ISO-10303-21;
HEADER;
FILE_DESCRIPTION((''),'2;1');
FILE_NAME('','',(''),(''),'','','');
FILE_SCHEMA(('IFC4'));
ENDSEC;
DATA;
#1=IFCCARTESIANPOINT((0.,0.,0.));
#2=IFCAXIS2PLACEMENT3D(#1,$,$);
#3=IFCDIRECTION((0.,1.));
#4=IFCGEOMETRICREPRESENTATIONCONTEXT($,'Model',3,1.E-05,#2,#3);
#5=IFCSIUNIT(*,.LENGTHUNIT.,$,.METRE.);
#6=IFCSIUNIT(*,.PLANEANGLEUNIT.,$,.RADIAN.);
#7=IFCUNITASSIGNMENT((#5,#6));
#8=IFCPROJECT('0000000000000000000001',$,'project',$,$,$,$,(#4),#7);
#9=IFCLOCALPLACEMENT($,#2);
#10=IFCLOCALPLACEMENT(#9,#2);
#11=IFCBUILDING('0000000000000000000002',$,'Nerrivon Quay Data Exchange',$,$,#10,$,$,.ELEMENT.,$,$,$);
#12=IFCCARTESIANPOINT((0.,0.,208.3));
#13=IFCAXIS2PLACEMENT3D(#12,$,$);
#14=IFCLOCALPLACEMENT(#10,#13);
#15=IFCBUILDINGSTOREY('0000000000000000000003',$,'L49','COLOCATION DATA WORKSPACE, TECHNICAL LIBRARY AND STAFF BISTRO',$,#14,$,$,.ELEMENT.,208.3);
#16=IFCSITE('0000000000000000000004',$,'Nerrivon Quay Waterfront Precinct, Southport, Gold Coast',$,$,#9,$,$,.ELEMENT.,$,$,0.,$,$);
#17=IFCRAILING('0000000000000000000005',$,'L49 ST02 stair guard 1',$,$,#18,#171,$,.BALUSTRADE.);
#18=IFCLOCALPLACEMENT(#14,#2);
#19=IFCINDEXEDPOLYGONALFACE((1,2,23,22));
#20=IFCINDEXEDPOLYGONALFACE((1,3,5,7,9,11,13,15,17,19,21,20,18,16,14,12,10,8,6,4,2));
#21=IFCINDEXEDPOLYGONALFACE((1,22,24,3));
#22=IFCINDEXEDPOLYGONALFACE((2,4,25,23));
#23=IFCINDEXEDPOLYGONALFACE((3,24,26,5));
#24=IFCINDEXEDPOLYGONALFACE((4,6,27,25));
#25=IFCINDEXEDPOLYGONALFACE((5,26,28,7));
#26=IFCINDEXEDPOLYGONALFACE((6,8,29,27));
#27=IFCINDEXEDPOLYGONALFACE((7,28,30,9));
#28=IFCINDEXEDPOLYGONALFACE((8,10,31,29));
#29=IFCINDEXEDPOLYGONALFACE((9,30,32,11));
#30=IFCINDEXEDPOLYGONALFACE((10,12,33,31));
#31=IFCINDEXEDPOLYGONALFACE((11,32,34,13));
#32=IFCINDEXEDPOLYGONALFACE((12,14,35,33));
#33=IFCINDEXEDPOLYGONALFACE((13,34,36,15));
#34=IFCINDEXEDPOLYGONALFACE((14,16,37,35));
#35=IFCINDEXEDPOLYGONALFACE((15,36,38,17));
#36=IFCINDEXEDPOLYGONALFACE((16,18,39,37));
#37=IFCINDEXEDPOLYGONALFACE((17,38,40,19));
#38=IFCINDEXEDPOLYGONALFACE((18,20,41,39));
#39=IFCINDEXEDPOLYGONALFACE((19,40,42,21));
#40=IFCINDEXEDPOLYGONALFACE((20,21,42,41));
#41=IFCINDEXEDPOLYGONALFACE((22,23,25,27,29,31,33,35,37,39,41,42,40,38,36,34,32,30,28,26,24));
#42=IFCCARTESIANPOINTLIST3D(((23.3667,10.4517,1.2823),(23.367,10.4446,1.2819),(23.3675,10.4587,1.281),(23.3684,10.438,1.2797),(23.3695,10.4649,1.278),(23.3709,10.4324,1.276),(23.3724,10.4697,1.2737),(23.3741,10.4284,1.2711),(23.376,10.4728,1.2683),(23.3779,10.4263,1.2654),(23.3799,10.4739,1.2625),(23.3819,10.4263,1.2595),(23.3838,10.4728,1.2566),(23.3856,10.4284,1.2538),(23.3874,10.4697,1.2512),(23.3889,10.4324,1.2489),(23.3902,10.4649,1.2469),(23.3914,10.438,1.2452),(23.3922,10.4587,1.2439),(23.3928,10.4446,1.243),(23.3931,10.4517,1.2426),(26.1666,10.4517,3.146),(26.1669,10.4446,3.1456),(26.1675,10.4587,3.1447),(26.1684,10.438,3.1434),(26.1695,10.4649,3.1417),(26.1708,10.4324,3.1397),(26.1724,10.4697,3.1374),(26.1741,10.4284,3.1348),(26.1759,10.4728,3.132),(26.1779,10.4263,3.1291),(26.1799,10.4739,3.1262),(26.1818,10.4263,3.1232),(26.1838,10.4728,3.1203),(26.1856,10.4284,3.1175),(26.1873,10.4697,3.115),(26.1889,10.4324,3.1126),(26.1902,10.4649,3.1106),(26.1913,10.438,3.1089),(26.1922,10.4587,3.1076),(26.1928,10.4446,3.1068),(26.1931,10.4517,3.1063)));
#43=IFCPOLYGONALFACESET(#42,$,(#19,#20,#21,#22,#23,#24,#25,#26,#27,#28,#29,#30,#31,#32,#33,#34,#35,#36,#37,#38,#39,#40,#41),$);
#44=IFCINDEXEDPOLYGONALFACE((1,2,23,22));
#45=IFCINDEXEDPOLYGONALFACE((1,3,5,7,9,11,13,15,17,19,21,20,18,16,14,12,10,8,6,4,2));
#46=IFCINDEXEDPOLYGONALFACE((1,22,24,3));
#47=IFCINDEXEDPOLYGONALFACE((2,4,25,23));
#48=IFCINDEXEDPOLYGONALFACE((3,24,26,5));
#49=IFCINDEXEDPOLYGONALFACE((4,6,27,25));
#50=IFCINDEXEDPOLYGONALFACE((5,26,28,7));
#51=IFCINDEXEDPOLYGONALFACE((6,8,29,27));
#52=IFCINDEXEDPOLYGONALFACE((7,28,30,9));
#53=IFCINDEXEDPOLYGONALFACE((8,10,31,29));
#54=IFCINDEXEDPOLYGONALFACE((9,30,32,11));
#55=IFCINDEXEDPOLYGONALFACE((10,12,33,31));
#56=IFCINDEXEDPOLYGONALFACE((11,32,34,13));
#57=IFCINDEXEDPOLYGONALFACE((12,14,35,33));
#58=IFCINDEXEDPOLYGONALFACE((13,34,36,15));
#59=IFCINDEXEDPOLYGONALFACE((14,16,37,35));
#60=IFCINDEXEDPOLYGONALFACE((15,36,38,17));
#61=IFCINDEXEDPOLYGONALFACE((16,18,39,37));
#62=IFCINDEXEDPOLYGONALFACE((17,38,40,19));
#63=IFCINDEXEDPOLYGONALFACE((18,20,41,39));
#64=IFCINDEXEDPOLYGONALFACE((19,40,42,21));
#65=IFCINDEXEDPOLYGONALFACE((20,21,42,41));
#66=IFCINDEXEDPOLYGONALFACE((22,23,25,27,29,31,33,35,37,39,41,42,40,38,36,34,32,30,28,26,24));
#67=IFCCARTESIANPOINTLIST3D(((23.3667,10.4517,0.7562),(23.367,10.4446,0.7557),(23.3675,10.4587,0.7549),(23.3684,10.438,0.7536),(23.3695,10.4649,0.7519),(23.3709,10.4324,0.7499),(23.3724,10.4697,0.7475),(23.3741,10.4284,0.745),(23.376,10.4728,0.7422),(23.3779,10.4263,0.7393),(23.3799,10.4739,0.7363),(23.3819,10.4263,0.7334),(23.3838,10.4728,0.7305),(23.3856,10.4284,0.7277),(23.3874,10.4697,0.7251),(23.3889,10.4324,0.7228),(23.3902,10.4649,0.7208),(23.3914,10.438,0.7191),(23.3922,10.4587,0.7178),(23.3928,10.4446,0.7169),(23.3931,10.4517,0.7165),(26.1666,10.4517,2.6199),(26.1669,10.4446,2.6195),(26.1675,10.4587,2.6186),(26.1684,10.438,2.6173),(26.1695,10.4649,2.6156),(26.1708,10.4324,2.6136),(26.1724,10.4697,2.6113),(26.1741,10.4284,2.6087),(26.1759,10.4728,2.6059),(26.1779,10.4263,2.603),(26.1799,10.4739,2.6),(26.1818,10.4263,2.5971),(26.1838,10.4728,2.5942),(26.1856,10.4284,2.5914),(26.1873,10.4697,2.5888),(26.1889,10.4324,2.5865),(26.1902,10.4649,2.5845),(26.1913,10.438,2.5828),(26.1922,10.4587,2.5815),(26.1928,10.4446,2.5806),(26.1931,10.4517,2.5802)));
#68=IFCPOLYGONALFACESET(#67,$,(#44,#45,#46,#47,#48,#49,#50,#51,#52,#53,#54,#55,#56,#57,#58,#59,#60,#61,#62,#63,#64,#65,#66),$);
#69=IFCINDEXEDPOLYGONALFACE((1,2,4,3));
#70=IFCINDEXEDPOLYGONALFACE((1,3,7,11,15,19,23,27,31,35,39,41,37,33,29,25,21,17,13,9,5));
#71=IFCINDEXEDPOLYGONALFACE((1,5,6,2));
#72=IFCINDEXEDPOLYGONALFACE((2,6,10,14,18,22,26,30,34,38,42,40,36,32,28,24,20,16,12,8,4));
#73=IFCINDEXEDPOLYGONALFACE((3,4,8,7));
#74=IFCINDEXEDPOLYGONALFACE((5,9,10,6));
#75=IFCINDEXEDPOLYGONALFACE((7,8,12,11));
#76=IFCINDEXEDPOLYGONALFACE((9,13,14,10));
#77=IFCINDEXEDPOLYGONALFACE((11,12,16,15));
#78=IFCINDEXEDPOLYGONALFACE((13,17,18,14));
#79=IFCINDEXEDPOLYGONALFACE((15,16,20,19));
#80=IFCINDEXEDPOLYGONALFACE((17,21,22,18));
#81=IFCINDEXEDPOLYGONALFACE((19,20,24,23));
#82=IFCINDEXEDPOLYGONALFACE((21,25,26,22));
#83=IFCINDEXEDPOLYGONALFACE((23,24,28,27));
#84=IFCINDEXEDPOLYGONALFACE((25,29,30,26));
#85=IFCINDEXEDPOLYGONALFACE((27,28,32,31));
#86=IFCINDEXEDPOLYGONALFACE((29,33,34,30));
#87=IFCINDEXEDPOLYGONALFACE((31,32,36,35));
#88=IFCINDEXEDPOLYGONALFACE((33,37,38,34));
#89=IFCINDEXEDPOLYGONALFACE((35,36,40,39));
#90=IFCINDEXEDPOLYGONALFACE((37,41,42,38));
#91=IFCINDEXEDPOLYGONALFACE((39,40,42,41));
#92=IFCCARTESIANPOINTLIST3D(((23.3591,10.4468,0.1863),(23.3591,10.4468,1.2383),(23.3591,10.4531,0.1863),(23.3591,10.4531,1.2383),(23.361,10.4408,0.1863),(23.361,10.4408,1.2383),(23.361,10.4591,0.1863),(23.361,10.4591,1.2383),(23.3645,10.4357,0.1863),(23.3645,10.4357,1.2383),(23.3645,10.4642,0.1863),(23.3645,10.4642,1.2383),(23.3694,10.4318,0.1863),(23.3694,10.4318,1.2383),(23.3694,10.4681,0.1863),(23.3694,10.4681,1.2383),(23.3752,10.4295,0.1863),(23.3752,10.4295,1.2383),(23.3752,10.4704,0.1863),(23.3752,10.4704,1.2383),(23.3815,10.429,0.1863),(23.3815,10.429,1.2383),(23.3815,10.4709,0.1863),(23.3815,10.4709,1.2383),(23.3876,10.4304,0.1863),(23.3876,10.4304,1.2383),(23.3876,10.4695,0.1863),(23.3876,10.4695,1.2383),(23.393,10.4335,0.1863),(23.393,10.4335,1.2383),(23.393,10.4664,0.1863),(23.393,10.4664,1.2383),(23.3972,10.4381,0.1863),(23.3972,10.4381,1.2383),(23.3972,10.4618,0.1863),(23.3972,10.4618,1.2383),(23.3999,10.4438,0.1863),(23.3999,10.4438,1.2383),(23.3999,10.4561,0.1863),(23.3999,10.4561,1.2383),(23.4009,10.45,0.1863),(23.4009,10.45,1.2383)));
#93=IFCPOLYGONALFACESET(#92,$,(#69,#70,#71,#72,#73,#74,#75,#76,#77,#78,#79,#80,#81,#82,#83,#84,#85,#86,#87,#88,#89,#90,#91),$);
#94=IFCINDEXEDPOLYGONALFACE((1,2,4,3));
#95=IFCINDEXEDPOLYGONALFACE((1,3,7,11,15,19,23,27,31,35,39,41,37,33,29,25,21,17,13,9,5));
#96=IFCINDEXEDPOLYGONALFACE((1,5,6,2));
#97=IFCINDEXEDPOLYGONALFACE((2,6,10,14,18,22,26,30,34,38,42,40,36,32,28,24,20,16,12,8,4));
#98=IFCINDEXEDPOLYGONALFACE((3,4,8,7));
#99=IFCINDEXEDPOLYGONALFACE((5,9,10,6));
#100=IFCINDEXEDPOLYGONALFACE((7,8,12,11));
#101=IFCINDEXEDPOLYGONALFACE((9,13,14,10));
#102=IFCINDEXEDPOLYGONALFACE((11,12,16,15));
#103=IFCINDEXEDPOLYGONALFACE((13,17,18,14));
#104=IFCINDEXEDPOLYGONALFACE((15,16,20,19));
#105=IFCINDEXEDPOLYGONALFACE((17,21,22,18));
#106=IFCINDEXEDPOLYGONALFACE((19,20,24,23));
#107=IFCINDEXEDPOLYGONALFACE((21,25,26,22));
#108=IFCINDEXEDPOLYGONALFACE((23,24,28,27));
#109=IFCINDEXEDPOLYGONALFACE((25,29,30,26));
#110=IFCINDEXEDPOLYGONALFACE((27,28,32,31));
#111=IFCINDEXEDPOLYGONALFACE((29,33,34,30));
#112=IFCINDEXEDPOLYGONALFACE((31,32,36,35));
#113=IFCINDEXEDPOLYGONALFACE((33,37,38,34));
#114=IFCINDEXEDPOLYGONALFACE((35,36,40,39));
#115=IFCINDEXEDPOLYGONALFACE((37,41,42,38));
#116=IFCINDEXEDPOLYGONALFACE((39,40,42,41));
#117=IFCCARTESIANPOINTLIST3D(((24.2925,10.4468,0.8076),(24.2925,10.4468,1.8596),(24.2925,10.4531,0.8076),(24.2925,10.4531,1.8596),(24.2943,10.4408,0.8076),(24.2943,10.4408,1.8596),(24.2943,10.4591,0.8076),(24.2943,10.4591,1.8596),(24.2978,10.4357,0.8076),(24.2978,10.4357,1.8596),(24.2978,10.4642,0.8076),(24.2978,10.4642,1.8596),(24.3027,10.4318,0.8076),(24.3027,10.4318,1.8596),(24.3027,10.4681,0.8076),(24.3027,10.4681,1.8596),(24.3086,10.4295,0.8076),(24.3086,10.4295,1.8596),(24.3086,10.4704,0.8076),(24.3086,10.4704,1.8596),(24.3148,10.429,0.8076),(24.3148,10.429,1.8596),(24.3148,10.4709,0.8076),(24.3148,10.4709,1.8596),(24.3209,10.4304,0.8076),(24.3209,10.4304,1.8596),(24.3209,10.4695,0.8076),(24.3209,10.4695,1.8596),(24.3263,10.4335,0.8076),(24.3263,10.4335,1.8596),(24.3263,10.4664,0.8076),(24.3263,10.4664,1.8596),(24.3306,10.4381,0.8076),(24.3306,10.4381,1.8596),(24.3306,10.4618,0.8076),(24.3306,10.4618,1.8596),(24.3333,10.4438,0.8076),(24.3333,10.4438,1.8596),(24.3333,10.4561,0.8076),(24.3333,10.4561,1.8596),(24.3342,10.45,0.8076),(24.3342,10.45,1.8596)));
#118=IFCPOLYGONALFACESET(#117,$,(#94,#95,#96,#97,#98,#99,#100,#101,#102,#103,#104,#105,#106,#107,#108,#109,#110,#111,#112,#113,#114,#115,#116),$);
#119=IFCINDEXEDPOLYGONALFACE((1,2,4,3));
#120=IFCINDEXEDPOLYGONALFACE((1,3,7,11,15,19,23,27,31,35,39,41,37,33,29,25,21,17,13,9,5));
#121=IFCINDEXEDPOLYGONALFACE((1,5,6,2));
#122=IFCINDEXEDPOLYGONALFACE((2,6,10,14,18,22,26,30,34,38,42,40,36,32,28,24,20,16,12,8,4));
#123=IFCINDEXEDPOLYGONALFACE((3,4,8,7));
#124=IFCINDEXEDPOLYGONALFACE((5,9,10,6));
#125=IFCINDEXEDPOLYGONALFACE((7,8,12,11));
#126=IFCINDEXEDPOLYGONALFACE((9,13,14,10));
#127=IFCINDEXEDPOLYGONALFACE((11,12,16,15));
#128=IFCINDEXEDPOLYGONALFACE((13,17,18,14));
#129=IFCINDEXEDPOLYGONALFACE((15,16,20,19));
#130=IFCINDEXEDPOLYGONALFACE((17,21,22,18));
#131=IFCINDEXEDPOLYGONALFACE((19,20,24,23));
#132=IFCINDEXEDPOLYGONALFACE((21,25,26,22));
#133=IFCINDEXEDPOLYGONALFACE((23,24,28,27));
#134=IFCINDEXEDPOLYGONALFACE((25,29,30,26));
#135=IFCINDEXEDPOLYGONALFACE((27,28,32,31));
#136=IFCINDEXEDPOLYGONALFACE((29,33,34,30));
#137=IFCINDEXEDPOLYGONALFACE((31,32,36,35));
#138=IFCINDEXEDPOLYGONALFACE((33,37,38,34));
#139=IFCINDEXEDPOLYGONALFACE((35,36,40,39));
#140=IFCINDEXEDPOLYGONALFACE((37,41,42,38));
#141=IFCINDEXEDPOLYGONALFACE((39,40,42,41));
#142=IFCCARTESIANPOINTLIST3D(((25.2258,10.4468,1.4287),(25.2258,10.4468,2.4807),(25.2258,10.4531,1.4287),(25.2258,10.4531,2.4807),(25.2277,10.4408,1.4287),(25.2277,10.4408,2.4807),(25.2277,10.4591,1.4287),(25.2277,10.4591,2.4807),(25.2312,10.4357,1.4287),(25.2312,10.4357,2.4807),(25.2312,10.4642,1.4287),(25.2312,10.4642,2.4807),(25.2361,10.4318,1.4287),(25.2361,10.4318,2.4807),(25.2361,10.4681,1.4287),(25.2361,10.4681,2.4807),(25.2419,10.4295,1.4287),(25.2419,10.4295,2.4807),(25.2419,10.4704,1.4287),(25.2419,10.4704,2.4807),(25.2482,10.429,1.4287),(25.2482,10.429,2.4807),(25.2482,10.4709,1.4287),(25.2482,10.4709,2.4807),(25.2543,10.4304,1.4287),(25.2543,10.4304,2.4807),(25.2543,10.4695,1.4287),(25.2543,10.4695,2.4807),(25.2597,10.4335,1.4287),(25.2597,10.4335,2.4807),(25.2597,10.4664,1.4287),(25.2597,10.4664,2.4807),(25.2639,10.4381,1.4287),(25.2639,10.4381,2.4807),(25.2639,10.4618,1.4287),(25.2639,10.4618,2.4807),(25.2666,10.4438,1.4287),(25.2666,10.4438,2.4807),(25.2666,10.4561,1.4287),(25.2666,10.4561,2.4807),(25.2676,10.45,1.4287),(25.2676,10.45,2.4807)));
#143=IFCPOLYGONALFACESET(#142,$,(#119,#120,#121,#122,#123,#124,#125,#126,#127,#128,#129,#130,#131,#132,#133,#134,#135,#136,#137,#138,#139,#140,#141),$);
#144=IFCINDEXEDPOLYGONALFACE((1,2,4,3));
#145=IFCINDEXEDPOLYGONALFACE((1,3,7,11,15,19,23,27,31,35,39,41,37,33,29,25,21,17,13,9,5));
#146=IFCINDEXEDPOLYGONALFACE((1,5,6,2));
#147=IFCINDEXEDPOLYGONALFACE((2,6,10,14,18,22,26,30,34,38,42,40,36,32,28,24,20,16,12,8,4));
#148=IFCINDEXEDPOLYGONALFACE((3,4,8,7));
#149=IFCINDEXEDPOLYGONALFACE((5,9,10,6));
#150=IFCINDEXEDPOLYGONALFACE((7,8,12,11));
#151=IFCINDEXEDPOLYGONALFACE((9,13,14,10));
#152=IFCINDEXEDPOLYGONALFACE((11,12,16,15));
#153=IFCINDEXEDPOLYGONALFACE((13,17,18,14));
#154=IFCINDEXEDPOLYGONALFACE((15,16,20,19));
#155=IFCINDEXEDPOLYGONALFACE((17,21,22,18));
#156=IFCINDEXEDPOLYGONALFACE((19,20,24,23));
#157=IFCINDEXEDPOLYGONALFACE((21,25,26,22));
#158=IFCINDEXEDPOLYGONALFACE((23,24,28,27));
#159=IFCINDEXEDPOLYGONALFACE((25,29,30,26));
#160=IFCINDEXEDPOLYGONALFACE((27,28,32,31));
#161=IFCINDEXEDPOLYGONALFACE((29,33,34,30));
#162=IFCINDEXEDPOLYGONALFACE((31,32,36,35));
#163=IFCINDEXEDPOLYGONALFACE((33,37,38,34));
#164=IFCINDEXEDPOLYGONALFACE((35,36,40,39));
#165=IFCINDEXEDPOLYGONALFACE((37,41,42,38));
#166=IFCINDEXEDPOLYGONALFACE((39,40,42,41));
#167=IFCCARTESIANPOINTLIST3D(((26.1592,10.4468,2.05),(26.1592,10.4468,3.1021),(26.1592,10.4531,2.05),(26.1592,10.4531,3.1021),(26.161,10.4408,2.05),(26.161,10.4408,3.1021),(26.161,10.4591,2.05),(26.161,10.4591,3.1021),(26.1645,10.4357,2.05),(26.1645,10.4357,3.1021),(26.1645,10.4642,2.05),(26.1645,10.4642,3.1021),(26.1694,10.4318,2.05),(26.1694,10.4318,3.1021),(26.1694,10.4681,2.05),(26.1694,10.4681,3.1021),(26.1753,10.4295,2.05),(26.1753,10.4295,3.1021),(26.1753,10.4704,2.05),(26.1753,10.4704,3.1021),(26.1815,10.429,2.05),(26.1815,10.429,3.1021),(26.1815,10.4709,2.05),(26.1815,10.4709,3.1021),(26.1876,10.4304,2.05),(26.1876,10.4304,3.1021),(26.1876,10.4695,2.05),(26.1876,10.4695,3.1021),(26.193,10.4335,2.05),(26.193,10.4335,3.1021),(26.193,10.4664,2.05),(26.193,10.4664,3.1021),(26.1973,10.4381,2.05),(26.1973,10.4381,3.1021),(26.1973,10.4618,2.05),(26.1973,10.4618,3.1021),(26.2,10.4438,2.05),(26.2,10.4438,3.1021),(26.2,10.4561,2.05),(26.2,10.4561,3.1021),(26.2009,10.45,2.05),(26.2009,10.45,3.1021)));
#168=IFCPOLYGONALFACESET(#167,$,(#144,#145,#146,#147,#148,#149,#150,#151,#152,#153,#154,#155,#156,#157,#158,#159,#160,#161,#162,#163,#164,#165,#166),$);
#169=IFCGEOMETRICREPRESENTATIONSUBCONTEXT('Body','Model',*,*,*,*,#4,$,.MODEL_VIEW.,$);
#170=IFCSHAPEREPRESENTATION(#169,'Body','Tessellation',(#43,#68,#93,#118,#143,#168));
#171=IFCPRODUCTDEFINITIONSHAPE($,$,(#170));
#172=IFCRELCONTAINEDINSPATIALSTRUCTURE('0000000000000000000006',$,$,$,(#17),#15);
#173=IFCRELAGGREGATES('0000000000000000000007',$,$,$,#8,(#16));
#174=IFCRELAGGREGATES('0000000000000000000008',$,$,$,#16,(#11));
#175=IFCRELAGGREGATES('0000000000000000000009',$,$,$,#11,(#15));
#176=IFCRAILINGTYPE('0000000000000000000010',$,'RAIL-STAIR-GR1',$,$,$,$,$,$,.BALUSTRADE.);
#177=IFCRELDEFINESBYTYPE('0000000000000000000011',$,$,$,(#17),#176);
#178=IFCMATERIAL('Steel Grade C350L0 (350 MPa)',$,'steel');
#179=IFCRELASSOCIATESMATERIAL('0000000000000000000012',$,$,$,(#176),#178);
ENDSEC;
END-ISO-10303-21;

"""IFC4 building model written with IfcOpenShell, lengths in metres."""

from ifc_helpers import new_model, si_unit, direction, frame, origin, origin_2d, place, context, subcontext, project, spatial, circle, extrude, material, type_object, element, save


model = new_model("IFC4")

# Units and contexts
model_context = context("Model", 3, precision=1e-05, world=origin(), true_north=direction((0.0, 1.0)))
body_context = subcontext(model_context, "Body", "Model", "MODEL_VIEW")
ifc_project = project(units=[si_unit("LENGTHUNIT", "METRE"), si_unit("PLANEANGLEUNIT", "RADIAN")], contexts=[model_context])

# Site, building, storey
site_placement = place(None, origin())
site = spatial("IfcSite", under=ifc_project, at=site_placement, Name="Nerrivon Quay Waterfront Precinct, Southport, Gold Coast", CompositionType="ELEMENT", RefElevation=0.0)
building_placement = place(site_placement, origin())
building = spatial("IfcBuilding", under=site, at=building_placement, Name="Nerrivon Quay Data Exchange", CompositionType="ELEMENT")
storey_placement = place(building_placement, frame((0.0, 0.0, 208.3)))
storey = spatial("IfcBuildingStorey", under=building, at=storey_placement, Name="L49", Description="COLOCATION DATA WORKSPACE, TECHNICAL LIBRARY AND STAFF BISTRO", CompositionType="ELEMENT", Elevation=208.3)

# Railing
ifc_material_1 = material(Name="Steel Grade C350L0 (350 MPa)", Category="steel")
railing_type_1 = type_object("IfcRailingType", Name="RAIL-STAIR-GR1", PredefinedType="BALUSTRADE", material=ifc_material_1)
railing_1_placement = place(storey_placement, frame((23.3799, 10.45, 0.1863)))
element("IfcRailing", 1, at=railing_1_placement, inside=storey, type_object=railing_type_1, Name="L49 ST02 stair guard 1", PredefinedType="BALUSTRADE", context=body_context, shape_type="SweptSolid", body=[
    extrude(circle(Radius=0.0239, at=origin_2d()), frame((0.0, 0.0, 1.0762), z_axis=(0.832452, 0.0, 0.554097), x_axis=(0.0, 1.0, 0.0)), (0.0, 0.0, 1.0), 3.3635),
    extrude(circle(Radius=0.0239, at=origin_2d()), frame((0.0, 0.0, 0.55), z_axis=(0.832452, 0.0, 0.554097), x_axis=(0.0, 1.0, 0.0)), (0.0, 0.0, 1.0), 3.3635),
    extrude(circle(Radius=0.021, at=origin_2d()), origin(), (0.0, 0.0, 1.0), 1.052),
    extrude(circle(Radius=0.021, at=origin_2d()), frame((0.9333, 0.0, 0.6213)), (0.0, 0.0, 1.0), 1.052),
    extrude(circle(Radius=0.021, at=origin_2d()), frame((1.8667, 0.0, 1.2424)), (0.0, 0.0, 1.0), 1.052),
    extrude(circle(Radius=0.021, at=origin_2d()), frame((2.8, 0.0, 1.8638)), (0.0, 0.0, 1.0), 1.052),
])

save(model, "model.ifc")
